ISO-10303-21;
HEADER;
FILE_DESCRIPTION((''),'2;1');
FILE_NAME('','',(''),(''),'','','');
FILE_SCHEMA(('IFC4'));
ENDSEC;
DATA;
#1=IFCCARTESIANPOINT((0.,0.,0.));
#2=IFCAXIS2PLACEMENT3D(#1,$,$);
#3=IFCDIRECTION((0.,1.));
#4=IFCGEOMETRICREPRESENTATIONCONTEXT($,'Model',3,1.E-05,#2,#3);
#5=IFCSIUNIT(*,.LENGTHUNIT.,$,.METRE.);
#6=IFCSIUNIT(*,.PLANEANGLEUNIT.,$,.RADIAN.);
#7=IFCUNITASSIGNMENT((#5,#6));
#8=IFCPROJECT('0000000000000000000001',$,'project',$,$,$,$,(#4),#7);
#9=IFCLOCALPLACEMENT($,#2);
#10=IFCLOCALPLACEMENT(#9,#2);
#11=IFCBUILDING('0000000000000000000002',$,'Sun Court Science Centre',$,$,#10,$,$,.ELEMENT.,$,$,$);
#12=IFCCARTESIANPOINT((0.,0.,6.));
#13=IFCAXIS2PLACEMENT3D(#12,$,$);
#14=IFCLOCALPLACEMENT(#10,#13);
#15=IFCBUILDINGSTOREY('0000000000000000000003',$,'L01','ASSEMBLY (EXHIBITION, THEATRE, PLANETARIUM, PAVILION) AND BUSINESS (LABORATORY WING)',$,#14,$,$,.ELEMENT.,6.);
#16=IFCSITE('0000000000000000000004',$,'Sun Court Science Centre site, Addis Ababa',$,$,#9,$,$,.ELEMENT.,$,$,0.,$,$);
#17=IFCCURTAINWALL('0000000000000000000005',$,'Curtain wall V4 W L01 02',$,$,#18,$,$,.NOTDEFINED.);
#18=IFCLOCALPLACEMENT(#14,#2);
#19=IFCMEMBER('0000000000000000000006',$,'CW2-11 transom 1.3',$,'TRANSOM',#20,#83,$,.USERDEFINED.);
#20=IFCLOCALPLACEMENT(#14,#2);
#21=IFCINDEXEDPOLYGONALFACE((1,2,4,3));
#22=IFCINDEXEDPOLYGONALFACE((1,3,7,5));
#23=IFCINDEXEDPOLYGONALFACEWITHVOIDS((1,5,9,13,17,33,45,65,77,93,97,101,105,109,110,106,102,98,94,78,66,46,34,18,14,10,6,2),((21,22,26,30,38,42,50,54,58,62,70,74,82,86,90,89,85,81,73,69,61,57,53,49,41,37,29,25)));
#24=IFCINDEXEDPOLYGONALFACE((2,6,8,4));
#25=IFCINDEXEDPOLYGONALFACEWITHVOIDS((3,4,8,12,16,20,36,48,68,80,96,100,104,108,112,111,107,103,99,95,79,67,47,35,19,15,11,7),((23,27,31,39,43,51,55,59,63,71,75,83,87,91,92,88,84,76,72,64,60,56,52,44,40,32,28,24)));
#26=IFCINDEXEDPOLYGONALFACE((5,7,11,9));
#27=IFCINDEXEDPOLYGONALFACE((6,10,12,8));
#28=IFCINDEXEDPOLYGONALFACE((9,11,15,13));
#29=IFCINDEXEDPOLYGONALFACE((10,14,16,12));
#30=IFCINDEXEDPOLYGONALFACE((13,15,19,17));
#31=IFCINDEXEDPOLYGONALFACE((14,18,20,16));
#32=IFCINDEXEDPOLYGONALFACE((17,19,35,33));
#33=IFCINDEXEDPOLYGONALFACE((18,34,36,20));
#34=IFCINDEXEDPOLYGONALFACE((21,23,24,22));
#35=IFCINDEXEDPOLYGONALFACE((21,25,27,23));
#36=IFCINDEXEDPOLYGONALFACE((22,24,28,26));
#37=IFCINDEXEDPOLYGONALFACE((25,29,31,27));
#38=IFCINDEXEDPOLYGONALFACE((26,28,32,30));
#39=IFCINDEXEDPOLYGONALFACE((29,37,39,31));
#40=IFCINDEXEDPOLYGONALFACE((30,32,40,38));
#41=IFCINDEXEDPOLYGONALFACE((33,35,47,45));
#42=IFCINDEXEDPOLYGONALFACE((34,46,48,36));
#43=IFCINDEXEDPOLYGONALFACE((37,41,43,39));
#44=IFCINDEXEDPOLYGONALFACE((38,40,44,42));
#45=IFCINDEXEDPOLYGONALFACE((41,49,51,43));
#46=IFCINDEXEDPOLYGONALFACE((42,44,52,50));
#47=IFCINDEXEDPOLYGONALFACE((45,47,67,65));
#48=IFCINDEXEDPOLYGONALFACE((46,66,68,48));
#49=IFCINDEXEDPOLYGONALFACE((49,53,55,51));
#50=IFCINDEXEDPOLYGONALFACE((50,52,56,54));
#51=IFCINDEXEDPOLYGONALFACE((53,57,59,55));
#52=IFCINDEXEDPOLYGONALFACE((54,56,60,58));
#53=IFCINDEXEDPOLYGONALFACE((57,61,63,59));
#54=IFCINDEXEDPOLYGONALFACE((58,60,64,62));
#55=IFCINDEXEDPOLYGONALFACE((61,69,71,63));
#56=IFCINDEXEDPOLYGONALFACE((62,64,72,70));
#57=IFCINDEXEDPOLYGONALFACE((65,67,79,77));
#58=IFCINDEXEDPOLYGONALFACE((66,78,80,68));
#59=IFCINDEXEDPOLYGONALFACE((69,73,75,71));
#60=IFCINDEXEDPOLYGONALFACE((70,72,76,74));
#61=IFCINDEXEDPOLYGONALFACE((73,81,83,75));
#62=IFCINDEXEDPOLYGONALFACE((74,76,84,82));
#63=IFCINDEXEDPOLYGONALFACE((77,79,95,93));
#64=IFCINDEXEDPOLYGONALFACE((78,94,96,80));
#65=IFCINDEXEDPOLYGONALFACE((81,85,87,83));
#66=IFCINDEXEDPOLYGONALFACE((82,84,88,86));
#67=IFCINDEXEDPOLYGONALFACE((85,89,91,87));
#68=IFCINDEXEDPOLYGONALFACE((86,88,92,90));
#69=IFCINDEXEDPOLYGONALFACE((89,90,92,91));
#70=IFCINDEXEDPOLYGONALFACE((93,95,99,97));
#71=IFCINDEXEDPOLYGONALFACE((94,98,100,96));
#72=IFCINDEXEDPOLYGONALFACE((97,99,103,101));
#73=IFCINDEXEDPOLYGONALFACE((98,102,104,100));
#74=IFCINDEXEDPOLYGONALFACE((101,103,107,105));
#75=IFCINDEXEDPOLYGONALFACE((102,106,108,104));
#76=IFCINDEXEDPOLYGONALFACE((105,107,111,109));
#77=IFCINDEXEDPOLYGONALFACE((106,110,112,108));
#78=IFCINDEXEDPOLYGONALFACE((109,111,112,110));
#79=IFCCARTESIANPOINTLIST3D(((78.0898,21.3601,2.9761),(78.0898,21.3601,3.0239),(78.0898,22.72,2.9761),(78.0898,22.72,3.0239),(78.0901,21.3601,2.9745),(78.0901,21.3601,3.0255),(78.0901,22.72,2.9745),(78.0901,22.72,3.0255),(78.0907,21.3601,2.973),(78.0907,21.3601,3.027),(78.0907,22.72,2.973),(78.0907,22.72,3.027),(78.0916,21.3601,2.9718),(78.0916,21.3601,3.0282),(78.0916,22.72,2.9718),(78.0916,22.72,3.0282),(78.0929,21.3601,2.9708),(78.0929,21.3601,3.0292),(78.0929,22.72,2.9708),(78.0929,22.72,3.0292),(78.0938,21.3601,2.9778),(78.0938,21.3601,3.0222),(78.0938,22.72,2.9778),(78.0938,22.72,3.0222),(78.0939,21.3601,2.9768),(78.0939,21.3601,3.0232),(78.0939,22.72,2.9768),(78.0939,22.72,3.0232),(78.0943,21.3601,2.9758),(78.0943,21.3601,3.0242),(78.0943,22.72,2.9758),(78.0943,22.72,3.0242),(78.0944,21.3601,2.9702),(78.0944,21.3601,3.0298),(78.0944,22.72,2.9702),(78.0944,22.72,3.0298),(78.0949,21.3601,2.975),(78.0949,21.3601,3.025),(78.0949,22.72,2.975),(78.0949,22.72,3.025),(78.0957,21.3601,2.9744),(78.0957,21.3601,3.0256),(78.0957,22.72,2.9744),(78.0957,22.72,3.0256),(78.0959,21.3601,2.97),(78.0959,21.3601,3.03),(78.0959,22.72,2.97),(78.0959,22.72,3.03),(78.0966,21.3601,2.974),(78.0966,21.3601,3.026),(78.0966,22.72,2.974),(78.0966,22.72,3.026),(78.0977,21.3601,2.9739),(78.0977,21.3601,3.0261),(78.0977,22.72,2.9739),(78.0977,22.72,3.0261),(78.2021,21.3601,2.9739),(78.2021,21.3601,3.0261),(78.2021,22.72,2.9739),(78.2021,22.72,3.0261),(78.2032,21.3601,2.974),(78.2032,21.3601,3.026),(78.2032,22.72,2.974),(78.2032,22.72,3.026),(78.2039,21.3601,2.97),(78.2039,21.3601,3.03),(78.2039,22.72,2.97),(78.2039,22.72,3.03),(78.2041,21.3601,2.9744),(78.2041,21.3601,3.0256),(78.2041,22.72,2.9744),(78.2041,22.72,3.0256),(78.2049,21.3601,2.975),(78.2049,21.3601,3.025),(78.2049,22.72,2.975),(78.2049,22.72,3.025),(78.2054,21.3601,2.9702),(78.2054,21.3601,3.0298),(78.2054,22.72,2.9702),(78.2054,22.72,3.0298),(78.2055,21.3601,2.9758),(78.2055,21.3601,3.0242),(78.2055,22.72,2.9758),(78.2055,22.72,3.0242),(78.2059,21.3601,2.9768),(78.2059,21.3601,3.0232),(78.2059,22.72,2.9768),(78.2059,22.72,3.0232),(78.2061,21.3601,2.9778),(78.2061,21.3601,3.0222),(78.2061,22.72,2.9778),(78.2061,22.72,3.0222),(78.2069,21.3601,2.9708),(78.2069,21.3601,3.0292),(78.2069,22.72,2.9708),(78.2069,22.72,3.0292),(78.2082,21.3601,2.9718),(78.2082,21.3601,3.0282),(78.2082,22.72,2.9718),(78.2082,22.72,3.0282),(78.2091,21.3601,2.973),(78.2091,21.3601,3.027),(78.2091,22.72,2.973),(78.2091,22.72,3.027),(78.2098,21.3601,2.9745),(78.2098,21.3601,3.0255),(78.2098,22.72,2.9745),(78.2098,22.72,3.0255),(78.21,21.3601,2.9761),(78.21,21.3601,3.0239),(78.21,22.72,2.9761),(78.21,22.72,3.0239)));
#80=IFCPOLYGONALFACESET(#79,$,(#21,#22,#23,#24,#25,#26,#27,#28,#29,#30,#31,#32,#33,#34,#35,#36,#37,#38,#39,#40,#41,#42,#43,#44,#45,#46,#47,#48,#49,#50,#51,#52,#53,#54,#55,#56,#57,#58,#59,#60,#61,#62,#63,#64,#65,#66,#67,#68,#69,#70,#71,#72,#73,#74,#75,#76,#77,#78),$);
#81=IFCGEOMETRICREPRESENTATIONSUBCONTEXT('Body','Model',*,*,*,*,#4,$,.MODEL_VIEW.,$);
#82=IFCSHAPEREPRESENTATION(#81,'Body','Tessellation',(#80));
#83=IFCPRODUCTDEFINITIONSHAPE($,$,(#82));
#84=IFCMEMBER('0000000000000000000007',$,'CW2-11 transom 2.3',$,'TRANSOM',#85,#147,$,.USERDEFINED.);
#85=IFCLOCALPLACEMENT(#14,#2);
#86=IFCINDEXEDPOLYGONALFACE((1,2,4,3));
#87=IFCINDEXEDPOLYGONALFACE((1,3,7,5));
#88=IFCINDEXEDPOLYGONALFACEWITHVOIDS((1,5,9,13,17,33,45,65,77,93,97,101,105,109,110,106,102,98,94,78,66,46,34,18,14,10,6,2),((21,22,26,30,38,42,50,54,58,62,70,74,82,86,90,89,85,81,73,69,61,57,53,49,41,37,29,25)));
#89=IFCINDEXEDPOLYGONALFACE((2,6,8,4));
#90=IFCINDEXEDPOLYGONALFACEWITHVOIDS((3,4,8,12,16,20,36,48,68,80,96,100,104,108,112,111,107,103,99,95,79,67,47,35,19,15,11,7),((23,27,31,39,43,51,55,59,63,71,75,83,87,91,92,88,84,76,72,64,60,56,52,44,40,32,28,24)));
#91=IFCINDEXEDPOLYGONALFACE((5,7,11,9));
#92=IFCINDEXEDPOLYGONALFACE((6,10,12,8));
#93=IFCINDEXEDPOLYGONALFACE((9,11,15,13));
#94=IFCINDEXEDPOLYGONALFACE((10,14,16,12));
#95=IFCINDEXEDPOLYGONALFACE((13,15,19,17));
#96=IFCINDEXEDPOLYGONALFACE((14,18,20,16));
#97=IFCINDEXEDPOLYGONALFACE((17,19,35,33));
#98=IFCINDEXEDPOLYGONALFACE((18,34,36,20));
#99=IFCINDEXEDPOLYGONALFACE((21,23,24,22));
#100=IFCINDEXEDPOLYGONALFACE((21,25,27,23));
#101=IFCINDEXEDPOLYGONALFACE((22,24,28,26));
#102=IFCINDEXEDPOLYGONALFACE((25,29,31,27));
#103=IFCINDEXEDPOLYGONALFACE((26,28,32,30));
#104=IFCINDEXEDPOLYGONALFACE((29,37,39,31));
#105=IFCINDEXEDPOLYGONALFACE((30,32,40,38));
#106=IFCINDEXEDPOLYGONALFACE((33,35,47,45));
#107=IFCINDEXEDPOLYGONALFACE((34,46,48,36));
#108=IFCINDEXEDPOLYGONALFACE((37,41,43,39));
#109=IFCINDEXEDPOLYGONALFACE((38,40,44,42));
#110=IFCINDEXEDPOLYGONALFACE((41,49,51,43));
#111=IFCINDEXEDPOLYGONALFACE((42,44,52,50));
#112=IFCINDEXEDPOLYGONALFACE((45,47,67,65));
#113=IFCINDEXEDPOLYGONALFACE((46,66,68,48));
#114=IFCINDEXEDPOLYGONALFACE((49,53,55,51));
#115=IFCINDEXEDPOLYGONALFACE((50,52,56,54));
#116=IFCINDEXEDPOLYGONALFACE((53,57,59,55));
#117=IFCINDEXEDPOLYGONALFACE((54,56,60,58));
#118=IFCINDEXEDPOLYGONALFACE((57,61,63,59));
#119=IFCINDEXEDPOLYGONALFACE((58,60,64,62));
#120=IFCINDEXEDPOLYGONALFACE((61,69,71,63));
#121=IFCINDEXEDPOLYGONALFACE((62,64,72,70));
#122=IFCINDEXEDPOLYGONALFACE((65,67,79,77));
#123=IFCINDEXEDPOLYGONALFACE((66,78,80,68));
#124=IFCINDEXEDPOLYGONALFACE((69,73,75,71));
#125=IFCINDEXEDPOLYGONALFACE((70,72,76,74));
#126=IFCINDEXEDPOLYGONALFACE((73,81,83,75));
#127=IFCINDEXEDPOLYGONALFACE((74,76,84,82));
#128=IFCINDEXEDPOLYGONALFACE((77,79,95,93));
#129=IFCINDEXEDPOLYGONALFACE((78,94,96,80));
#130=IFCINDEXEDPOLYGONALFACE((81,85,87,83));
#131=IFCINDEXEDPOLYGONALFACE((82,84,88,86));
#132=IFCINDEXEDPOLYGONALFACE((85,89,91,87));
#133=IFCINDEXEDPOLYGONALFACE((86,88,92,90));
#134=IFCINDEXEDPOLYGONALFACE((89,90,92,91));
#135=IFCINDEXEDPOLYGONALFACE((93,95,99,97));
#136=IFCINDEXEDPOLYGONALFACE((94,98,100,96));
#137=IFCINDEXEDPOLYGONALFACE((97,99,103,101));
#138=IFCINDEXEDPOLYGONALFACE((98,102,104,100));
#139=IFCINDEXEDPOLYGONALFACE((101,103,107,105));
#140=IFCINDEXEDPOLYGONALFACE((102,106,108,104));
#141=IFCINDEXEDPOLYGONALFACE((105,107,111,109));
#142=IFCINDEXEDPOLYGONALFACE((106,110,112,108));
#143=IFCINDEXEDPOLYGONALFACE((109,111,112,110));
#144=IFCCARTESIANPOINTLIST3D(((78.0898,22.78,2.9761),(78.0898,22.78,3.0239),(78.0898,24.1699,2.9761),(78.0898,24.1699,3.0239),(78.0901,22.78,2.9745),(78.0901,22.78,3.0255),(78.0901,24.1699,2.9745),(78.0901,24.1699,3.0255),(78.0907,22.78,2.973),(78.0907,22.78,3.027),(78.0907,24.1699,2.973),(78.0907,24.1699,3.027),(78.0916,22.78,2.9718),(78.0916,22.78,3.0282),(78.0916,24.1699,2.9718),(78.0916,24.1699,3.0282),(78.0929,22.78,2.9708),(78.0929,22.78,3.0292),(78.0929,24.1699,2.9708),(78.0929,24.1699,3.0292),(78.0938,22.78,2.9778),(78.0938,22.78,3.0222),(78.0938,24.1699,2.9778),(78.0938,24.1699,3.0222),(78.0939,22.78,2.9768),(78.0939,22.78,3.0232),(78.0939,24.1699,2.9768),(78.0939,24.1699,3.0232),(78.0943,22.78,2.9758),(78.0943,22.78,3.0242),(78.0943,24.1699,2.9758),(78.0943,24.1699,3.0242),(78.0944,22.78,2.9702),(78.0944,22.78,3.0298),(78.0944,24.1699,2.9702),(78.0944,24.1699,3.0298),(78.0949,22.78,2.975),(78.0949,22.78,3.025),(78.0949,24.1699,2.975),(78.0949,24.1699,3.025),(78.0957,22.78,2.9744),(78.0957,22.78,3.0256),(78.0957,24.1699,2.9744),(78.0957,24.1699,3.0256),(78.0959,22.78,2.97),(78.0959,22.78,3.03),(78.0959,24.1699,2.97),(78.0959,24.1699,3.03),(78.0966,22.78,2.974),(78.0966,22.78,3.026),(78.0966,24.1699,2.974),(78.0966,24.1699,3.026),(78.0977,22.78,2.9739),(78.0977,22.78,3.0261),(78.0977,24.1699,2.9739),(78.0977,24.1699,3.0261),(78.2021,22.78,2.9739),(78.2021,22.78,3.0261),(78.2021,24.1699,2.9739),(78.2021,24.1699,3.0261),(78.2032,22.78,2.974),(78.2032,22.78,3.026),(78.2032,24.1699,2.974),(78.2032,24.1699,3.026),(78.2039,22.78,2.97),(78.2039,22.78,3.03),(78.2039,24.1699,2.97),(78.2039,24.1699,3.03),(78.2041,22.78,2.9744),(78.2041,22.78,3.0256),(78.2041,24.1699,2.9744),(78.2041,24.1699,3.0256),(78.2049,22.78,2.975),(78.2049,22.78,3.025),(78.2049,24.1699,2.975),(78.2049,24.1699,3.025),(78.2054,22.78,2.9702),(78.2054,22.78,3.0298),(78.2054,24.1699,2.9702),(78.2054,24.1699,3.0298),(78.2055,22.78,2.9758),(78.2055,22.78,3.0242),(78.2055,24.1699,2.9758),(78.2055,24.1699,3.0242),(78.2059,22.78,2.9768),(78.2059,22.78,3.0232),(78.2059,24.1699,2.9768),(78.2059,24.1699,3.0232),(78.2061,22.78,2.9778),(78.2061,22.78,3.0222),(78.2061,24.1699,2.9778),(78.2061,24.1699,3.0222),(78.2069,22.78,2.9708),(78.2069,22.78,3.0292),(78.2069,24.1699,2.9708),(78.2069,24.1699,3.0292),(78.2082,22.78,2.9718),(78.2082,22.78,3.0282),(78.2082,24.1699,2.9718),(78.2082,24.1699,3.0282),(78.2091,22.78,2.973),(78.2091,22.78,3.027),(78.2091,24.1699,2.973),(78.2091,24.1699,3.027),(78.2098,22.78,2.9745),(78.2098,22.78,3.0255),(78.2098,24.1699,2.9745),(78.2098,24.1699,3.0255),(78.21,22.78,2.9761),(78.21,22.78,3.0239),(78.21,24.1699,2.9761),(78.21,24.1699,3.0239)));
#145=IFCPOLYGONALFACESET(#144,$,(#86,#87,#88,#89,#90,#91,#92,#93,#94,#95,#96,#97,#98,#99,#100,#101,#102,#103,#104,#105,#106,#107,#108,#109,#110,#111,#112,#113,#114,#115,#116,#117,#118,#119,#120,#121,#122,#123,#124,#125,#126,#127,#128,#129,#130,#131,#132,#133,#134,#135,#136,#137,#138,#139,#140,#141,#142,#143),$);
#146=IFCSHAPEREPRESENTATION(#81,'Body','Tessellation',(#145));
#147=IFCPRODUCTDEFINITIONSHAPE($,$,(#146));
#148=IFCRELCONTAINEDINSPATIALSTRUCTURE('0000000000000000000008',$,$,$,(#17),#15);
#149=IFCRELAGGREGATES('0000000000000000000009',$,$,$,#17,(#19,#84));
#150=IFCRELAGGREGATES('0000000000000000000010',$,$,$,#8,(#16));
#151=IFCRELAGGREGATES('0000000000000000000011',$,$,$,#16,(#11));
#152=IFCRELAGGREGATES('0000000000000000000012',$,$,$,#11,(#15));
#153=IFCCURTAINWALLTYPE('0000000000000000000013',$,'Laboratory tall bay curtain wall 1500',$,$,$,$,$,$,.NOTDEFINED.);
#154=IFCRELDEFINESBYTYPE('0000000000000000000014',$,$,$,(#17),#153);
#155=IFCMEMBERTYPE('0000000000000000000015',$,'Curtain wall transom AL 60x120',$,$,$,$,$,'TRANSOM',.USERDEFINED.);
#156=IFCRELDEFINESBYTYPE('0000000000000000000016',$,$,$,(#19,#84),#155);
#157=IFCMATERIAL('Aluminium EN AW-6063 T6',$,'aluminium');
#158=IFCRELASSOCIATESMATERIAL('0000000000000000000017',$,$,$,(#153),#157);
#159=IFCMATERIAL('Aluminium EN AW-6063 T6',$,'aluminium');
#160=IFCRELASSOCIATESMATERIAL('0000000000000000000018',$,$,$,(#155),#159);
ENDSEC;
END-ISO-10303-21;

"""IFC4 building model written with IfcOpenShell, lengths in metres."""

from ifc_helpers import new_model, si_unit, direction, frame, origin, origin_2d, place, context, subcontext, project, spatial, hollow_rectangle, extrude, material, material_profile, profile_set, type_object, element, aggregate, save


model = new_model("IFC4")

# Units and contexts
model_context = context("Model", 3, precision=1e-05, world=origin(), true_north=direction((0.0, 1.0)))
body_context = subcontext(model_context, "Body", "Model", "MODEL_VIEW")
ifc_project = project(units=[si_unit("LENGTHUNIT", "METRE"), si_unit("PLANEANGLEUNIT", "RADIAN")], contexts=[model_context])

# Site, building, storey
site_placement = place(None, origin())
site = spatial("IfcSite", under=ifc_project, at=site_placement, Name="Sun Court Science Centre site, Addis Ababa", CompositionType="ELEMENT", RefElevation=0.0)
building_placement = place(site_placement, origin())
building = spatial("IfcBuilding", under=site, at=building_placement, Name="Sun Court Science Centre", CompositionType="ELEMENT")
storey_placement = place(building_placement, frame((0.0, 0.0, 6.0)))
storey = spatial("IfcBuildingStorey", under=building, at=storey_placement, Name="L01", Description="ASSEMBLY (EXHIBITION, THEATRE, PLANETARIUM, PAVILION) AND BUSINESS (LABORATORY WING)", CompositionType="ELEMENT", Elevation=6.0)

# Curtain wall
ifc_material_1 = material(Name="Aluminium EN AW-6063 T6", Category="aluminium")
curtain_wall_type = type_object("IfcCurtainWallType", Name="Laboratory tall bay curtain wall 1500", PredefinedType="NOTDEFINED", material=ifc_material_1)
curtain_wall_1_placement = place(storey_placement, origin())
curtain_wall_1 = element("IfcCurtainWall", 1, at=curtain_wall_1_placement, inside=storey, type_object=curtain_wall_type, Name="Curtain wall V4 W L01 02", PredefinedType="NOTDEFINED")

# Members
ifc_material_2 = material(Name="Aluminium EN AW-6063 T6", Category="aluminium")
ifc_material_profile_1 = material_profile(ifc_material_2, hollow_rectangle(XDim=0.0601, YDim=0.1201, WallThickness=0.0039, InnerFilletRadius=0.0039, OuterFilletRadius=0.0061, at=origin_2d()), Name="AL 60x120x4")
ifc_profile_set_1 = profile_set([ifc_material_profile_1], Name="Aluminium EN AW-6063 T6")
member_type_1 = type_object("IfcMemberType", Name="Curtain wall transom AL 60x120", ElementType="TRANSOM", PredefinedType="USERDEFINED", material=ifc_profile_set_1)
member_1_placement = place(storey_placement, frame((78.1499, 21.3601, 3.0), z_axis=(0.0, 1.0, 0.0), x_axis=(0.0, 0.0, 1.0)))
member_1 = element("IfcMember", 2, at=member_1_placement, type_object=member_type_1, Name="CW2-11 transom 1.3", ObjectType="TRANSOM", PredefinedType="USERDEFINED", context=body_context, shape_type="SweptSolid", body=[
    extrude(hollow_rectangle(XDim=0.0601, YDim=0.1201, WallThickness=0.0039, InnerFilletRadius=0.0039, OuterFilletRadius=0.0061, at=origin_2d()), origin(), (0.0, 0.0, 1.0), 1.3599),
])
member_2_placement = place(storey_placement, frame((78.1499, 22.78, 3.0), z_axis=(0.0, 1.0, 0.0), x_axis=(0.0, 0.0, 1.0)))
member_2 = element("IfcMember", 3, at=member_2_placement, type_object=member_type_1, Name="CW2-11 transom 2.3", ObjectType="TRANSOM", PredefinedType="USERDEFINED", context=body_context, shape_type="SweptSolid", body=[
    extrude(hollow_rectangle(XDim=0.0601, YDim=0.1201, WallThickness=0.0039, InnerFilletRadius=0.0039, OuterFilletRadius=0.0061, at=origin_2d()), origin(), (0.0, 0.0, 1.0), 1.3899),
])

aggregate(curtain_wall_1, [member_1, member_2])

save(model, "model.ifc")
